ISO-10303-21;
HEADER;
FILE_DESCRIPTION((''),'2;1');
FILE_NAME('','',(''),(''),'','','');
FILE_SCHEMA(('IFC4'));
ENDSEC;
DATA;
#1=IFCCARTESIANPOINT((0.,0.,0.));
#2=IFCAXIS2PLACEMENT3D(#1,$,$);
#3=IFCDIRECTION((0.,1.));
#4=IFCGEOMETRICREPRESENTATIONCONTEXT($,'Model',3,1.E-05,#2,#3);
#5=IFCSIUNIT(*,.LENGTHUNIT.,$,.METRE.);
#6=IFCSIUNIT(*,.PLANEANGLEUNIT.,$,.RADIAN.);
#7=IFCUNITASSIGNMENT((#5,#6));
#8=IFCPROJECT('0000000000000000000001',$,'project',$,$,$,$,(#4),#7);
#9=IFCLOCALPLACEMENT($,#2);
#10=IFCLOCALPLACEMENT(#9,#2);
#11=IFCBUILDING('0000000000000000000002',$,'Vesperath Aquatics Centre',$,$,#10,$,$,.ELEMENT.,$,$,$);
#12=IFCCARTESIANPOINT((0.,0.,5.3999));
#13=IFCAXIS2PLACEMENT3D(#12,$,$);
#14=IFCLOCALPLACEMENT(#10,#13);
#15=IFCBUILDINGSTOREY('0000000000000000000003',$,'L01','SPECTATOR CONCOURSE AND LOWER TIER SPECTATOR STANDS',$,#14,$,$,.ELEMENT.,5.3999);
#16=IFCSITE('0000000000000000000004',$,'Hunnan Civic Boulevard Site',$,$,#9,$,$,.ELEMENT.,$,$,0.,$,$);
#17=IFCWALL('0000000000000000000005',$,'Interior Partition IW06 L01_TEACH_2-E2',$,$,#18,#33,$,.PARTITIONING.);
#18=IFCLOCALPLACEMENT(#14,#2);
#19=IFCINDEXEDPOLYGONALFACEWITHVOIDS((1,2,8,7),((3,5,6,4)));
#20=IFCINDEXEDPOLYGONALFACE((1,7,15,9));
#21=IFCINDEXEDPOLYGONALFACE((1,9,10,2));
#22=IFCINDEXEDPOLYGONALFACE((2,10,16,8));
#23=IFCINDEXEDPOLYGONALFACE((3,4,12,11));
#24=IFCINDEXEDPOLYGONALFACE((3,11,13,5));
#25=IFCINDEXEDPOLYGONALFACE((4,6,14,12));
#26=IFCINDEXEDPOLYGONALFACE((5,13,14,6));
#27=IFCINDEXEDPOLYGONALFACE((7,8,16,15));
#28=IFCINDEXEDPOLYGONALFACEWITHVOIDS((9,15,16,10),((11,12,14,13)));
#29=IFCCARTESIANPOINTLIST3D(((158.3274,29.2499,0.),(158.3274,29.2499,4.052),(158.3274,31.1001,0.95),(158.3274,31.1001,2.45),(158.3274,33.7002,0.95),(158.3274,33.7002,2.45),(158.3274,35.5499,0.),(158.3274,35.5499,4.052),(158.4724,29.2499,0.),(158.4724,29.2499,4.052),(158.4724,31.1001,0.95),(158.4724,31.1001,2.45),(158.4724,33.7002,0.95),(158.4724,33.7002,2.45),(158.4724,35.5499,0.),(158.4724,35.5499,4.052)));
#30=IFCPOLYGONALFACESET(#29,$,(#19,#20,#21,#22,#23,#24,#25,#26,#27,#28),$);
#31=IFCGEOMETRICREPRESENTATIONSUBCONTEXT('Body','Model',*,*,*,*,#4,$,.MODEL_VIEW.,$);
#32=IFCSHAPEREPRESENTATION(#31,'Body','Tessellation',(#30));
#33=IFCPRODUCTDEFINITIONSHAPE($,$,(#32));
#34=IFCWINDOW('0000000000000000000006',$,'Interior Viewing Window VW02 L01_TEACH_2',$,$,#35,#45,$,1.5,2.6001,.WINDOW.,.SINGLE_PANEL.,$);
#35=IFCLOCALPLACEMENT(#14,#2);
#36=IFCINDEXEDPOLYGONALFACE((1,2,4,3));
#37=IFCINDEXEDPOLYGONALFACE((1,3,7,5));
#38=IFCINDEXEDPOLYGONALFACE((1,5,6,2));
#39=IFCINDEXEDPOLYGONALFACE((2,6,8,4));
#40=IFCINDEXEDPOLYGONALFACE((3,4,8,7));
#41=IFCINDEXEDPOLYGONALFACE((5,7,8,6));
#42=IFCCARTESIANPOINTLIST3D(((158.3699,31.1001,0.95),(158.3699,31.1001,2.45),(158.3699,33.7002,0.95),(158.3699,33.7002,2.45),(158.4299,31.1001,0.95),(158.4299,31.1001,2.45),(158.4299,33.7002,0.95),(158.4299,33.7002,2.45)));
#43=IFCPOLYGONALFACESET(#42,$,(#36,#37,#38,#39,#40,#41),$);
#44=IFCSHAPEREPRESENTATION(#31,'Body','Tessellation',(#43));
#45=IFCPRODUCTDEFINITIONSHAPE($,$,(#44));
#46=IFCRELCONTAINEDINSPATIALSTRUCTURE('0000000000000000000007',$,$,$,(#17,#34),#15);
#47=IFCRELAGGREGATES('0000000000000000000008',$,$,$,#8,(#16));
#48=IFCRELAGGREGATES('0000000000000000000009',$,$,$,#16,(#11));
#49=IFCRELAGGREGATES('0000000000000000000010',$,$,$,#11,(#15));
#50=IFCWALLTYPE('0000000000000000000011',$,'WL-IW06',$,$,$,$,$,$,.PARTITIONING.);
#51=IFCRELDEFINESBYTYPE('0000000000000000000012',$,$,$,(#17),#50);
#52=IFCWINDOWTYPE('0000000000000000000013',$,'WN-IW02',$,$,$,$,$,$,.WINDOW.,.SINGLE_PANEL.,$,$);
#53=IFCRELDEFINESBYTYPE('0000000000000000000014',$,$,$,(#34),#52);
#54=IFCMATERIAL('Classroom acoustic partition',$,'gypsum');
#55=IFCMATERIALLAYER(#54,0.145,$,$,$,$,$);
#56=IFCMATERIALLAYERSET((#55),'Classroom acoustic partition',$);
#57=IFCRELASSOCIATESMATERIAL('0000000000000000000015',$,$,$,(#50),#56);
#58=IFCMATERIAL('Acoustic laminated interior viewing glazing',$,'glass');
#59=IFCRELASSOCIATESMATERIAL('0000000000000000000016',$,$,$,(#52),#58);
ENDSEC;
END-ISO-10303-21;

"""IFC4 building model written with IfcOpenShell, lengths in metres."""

from ifc_helpers import new_model, si_unit, direction, frame, frame_2d, origin, place, context, subcontext, project, spatial, rectangle, extrude, material, layer, layer_set, type_object, element, fill, save


model = new_model("IFC4")

# Units and contexts
model_context = context("Model", 3, precision=1e-05, world=origin(), true_north=direction((0.0, 1.0)))
body_context = subcontext(model_context, "Body", "Model", "MODEL_VIEW")
ifc_project = project(units=[si_unit("LENGTHUNIT", "METRE"), si_unit("PLANEANGLEUNIT", "RADIAN")], contexts=[model_context])

# Site, building, storey
site_placement = place(None, origin())
site = spatial("IfcSite", under=ifc_project, at=site_placement, Name="Hunnan Civic Boulevard Site", CompositionType="ELEMENT", RefElevation=0.0)
building_placement = place(site_placement, origin())
building = spatial("IfcBuilding", under=site, at=building_placement, Name="Vesperath Aquatics Centre", CompositionType="ELEMENT")
storey_placement = place(building_placement, frame((0.0, 0.0, 5.3999)))
storey = spatial("IfcBuildingStorey", under=building, at=storey_placement, Name="L01", Description="SPECTATOR CONCOURSE AND LOWER TIER SPECTATOR STANDS", CompositionType="ELEMENT", Elevation=5.3999)

# Wall, opening, window
ifc_material_1 = material(Name="Acoustic laminated interior viewing glazing", Category="glass")
ifc_material_2 = material(Name="Classroom acoustic partition", Category="gypsum")
ifc_layer_1 = layer(ifc_material_2, 0.145)
ifc_layer_set_1 = layer_set([ifc_layer_1], Name="Classroom acoustic partition")
wall_type_1 = type_object("IfcWallType", Name="WL-IW06", PredefinedType="PARTITIONING", material=ifc_layer_set_1)
wall_1_placement = place(storey_placement, frame((158.3999, 29.25, 0.0), z_axis=(0.0, 0.0, 1.0), x_axis=(0.0, 1.0, 0.0)))
wall_1 = element("IfcWall", 1, at=wall_1_placement, inside=storey, type_object=wall_type_1, Name="Interior Partition IW06 L01_TEACH_2-E2", PredefinedType="PARTITIONING", context=body_context, shape_type="SweptSolid", body=[
    extrude(rectangle(XDim=6.3, YDim=0.145, at=frame_2d((3.1499, 0.0))), origin(), (0.0, 0.0, 1.0), 4.052),
])
opening_1_placement = place(wall_1_placement, frame((1.8501, 0.0, 0.95)))
opening_1 = element("IfcOpeningElement", 2, at=opening_1_placement, cuts=wall_1, PredefinedType="OPENING", context=body_context, shape_type="SweptSolid", body=[
    extrude(rectangle(XDim=2.6001, YDim=1.5, at=frame_2d((1.3, 0.75))), frame((0.0, 0.0874, 0.0), z_axis=(0.0, -1.0, 0.0), x_axis=(1.0, 0.0, 0.0)), (0.0, 0.0, 1.0), 0.1748),
])
window_type_1 = type_object("IfcWindowType", Name="WN-IW02", PartitioningType="SINGLE_PANEL", PredefinedType="WINDOW", material=ifc_material_1)
window_1_placement = place(opening_1_placement, origin())
window_1 = element("IfcWindow", 3, at=window_1_placement, inside=storey, type_object=window_type_1, Name="Interior Viewing Window VW02 L01_TEACH_2", OverallHeight=1.5, OverallWidth=2.6001, PartitioningType="SINGLE_PANEL", PredefinedType="WINDOW", context=body_context, shape_type="SweptSolid", body=[
    extrude(rectangle(XDim=2.6001, YDim=1.5, at=frame_2d((1.3, 0.75))), frame((0.0, 0.03, 0.0), z_axis=(0.0, -1.0, 0.0), x_axis=(1.0, 0.0, 0.0)), (0.0, 0.0, 1.0), 0.0601),
])
fill(opening_1, window_1)

save(model, "model.ifc")
